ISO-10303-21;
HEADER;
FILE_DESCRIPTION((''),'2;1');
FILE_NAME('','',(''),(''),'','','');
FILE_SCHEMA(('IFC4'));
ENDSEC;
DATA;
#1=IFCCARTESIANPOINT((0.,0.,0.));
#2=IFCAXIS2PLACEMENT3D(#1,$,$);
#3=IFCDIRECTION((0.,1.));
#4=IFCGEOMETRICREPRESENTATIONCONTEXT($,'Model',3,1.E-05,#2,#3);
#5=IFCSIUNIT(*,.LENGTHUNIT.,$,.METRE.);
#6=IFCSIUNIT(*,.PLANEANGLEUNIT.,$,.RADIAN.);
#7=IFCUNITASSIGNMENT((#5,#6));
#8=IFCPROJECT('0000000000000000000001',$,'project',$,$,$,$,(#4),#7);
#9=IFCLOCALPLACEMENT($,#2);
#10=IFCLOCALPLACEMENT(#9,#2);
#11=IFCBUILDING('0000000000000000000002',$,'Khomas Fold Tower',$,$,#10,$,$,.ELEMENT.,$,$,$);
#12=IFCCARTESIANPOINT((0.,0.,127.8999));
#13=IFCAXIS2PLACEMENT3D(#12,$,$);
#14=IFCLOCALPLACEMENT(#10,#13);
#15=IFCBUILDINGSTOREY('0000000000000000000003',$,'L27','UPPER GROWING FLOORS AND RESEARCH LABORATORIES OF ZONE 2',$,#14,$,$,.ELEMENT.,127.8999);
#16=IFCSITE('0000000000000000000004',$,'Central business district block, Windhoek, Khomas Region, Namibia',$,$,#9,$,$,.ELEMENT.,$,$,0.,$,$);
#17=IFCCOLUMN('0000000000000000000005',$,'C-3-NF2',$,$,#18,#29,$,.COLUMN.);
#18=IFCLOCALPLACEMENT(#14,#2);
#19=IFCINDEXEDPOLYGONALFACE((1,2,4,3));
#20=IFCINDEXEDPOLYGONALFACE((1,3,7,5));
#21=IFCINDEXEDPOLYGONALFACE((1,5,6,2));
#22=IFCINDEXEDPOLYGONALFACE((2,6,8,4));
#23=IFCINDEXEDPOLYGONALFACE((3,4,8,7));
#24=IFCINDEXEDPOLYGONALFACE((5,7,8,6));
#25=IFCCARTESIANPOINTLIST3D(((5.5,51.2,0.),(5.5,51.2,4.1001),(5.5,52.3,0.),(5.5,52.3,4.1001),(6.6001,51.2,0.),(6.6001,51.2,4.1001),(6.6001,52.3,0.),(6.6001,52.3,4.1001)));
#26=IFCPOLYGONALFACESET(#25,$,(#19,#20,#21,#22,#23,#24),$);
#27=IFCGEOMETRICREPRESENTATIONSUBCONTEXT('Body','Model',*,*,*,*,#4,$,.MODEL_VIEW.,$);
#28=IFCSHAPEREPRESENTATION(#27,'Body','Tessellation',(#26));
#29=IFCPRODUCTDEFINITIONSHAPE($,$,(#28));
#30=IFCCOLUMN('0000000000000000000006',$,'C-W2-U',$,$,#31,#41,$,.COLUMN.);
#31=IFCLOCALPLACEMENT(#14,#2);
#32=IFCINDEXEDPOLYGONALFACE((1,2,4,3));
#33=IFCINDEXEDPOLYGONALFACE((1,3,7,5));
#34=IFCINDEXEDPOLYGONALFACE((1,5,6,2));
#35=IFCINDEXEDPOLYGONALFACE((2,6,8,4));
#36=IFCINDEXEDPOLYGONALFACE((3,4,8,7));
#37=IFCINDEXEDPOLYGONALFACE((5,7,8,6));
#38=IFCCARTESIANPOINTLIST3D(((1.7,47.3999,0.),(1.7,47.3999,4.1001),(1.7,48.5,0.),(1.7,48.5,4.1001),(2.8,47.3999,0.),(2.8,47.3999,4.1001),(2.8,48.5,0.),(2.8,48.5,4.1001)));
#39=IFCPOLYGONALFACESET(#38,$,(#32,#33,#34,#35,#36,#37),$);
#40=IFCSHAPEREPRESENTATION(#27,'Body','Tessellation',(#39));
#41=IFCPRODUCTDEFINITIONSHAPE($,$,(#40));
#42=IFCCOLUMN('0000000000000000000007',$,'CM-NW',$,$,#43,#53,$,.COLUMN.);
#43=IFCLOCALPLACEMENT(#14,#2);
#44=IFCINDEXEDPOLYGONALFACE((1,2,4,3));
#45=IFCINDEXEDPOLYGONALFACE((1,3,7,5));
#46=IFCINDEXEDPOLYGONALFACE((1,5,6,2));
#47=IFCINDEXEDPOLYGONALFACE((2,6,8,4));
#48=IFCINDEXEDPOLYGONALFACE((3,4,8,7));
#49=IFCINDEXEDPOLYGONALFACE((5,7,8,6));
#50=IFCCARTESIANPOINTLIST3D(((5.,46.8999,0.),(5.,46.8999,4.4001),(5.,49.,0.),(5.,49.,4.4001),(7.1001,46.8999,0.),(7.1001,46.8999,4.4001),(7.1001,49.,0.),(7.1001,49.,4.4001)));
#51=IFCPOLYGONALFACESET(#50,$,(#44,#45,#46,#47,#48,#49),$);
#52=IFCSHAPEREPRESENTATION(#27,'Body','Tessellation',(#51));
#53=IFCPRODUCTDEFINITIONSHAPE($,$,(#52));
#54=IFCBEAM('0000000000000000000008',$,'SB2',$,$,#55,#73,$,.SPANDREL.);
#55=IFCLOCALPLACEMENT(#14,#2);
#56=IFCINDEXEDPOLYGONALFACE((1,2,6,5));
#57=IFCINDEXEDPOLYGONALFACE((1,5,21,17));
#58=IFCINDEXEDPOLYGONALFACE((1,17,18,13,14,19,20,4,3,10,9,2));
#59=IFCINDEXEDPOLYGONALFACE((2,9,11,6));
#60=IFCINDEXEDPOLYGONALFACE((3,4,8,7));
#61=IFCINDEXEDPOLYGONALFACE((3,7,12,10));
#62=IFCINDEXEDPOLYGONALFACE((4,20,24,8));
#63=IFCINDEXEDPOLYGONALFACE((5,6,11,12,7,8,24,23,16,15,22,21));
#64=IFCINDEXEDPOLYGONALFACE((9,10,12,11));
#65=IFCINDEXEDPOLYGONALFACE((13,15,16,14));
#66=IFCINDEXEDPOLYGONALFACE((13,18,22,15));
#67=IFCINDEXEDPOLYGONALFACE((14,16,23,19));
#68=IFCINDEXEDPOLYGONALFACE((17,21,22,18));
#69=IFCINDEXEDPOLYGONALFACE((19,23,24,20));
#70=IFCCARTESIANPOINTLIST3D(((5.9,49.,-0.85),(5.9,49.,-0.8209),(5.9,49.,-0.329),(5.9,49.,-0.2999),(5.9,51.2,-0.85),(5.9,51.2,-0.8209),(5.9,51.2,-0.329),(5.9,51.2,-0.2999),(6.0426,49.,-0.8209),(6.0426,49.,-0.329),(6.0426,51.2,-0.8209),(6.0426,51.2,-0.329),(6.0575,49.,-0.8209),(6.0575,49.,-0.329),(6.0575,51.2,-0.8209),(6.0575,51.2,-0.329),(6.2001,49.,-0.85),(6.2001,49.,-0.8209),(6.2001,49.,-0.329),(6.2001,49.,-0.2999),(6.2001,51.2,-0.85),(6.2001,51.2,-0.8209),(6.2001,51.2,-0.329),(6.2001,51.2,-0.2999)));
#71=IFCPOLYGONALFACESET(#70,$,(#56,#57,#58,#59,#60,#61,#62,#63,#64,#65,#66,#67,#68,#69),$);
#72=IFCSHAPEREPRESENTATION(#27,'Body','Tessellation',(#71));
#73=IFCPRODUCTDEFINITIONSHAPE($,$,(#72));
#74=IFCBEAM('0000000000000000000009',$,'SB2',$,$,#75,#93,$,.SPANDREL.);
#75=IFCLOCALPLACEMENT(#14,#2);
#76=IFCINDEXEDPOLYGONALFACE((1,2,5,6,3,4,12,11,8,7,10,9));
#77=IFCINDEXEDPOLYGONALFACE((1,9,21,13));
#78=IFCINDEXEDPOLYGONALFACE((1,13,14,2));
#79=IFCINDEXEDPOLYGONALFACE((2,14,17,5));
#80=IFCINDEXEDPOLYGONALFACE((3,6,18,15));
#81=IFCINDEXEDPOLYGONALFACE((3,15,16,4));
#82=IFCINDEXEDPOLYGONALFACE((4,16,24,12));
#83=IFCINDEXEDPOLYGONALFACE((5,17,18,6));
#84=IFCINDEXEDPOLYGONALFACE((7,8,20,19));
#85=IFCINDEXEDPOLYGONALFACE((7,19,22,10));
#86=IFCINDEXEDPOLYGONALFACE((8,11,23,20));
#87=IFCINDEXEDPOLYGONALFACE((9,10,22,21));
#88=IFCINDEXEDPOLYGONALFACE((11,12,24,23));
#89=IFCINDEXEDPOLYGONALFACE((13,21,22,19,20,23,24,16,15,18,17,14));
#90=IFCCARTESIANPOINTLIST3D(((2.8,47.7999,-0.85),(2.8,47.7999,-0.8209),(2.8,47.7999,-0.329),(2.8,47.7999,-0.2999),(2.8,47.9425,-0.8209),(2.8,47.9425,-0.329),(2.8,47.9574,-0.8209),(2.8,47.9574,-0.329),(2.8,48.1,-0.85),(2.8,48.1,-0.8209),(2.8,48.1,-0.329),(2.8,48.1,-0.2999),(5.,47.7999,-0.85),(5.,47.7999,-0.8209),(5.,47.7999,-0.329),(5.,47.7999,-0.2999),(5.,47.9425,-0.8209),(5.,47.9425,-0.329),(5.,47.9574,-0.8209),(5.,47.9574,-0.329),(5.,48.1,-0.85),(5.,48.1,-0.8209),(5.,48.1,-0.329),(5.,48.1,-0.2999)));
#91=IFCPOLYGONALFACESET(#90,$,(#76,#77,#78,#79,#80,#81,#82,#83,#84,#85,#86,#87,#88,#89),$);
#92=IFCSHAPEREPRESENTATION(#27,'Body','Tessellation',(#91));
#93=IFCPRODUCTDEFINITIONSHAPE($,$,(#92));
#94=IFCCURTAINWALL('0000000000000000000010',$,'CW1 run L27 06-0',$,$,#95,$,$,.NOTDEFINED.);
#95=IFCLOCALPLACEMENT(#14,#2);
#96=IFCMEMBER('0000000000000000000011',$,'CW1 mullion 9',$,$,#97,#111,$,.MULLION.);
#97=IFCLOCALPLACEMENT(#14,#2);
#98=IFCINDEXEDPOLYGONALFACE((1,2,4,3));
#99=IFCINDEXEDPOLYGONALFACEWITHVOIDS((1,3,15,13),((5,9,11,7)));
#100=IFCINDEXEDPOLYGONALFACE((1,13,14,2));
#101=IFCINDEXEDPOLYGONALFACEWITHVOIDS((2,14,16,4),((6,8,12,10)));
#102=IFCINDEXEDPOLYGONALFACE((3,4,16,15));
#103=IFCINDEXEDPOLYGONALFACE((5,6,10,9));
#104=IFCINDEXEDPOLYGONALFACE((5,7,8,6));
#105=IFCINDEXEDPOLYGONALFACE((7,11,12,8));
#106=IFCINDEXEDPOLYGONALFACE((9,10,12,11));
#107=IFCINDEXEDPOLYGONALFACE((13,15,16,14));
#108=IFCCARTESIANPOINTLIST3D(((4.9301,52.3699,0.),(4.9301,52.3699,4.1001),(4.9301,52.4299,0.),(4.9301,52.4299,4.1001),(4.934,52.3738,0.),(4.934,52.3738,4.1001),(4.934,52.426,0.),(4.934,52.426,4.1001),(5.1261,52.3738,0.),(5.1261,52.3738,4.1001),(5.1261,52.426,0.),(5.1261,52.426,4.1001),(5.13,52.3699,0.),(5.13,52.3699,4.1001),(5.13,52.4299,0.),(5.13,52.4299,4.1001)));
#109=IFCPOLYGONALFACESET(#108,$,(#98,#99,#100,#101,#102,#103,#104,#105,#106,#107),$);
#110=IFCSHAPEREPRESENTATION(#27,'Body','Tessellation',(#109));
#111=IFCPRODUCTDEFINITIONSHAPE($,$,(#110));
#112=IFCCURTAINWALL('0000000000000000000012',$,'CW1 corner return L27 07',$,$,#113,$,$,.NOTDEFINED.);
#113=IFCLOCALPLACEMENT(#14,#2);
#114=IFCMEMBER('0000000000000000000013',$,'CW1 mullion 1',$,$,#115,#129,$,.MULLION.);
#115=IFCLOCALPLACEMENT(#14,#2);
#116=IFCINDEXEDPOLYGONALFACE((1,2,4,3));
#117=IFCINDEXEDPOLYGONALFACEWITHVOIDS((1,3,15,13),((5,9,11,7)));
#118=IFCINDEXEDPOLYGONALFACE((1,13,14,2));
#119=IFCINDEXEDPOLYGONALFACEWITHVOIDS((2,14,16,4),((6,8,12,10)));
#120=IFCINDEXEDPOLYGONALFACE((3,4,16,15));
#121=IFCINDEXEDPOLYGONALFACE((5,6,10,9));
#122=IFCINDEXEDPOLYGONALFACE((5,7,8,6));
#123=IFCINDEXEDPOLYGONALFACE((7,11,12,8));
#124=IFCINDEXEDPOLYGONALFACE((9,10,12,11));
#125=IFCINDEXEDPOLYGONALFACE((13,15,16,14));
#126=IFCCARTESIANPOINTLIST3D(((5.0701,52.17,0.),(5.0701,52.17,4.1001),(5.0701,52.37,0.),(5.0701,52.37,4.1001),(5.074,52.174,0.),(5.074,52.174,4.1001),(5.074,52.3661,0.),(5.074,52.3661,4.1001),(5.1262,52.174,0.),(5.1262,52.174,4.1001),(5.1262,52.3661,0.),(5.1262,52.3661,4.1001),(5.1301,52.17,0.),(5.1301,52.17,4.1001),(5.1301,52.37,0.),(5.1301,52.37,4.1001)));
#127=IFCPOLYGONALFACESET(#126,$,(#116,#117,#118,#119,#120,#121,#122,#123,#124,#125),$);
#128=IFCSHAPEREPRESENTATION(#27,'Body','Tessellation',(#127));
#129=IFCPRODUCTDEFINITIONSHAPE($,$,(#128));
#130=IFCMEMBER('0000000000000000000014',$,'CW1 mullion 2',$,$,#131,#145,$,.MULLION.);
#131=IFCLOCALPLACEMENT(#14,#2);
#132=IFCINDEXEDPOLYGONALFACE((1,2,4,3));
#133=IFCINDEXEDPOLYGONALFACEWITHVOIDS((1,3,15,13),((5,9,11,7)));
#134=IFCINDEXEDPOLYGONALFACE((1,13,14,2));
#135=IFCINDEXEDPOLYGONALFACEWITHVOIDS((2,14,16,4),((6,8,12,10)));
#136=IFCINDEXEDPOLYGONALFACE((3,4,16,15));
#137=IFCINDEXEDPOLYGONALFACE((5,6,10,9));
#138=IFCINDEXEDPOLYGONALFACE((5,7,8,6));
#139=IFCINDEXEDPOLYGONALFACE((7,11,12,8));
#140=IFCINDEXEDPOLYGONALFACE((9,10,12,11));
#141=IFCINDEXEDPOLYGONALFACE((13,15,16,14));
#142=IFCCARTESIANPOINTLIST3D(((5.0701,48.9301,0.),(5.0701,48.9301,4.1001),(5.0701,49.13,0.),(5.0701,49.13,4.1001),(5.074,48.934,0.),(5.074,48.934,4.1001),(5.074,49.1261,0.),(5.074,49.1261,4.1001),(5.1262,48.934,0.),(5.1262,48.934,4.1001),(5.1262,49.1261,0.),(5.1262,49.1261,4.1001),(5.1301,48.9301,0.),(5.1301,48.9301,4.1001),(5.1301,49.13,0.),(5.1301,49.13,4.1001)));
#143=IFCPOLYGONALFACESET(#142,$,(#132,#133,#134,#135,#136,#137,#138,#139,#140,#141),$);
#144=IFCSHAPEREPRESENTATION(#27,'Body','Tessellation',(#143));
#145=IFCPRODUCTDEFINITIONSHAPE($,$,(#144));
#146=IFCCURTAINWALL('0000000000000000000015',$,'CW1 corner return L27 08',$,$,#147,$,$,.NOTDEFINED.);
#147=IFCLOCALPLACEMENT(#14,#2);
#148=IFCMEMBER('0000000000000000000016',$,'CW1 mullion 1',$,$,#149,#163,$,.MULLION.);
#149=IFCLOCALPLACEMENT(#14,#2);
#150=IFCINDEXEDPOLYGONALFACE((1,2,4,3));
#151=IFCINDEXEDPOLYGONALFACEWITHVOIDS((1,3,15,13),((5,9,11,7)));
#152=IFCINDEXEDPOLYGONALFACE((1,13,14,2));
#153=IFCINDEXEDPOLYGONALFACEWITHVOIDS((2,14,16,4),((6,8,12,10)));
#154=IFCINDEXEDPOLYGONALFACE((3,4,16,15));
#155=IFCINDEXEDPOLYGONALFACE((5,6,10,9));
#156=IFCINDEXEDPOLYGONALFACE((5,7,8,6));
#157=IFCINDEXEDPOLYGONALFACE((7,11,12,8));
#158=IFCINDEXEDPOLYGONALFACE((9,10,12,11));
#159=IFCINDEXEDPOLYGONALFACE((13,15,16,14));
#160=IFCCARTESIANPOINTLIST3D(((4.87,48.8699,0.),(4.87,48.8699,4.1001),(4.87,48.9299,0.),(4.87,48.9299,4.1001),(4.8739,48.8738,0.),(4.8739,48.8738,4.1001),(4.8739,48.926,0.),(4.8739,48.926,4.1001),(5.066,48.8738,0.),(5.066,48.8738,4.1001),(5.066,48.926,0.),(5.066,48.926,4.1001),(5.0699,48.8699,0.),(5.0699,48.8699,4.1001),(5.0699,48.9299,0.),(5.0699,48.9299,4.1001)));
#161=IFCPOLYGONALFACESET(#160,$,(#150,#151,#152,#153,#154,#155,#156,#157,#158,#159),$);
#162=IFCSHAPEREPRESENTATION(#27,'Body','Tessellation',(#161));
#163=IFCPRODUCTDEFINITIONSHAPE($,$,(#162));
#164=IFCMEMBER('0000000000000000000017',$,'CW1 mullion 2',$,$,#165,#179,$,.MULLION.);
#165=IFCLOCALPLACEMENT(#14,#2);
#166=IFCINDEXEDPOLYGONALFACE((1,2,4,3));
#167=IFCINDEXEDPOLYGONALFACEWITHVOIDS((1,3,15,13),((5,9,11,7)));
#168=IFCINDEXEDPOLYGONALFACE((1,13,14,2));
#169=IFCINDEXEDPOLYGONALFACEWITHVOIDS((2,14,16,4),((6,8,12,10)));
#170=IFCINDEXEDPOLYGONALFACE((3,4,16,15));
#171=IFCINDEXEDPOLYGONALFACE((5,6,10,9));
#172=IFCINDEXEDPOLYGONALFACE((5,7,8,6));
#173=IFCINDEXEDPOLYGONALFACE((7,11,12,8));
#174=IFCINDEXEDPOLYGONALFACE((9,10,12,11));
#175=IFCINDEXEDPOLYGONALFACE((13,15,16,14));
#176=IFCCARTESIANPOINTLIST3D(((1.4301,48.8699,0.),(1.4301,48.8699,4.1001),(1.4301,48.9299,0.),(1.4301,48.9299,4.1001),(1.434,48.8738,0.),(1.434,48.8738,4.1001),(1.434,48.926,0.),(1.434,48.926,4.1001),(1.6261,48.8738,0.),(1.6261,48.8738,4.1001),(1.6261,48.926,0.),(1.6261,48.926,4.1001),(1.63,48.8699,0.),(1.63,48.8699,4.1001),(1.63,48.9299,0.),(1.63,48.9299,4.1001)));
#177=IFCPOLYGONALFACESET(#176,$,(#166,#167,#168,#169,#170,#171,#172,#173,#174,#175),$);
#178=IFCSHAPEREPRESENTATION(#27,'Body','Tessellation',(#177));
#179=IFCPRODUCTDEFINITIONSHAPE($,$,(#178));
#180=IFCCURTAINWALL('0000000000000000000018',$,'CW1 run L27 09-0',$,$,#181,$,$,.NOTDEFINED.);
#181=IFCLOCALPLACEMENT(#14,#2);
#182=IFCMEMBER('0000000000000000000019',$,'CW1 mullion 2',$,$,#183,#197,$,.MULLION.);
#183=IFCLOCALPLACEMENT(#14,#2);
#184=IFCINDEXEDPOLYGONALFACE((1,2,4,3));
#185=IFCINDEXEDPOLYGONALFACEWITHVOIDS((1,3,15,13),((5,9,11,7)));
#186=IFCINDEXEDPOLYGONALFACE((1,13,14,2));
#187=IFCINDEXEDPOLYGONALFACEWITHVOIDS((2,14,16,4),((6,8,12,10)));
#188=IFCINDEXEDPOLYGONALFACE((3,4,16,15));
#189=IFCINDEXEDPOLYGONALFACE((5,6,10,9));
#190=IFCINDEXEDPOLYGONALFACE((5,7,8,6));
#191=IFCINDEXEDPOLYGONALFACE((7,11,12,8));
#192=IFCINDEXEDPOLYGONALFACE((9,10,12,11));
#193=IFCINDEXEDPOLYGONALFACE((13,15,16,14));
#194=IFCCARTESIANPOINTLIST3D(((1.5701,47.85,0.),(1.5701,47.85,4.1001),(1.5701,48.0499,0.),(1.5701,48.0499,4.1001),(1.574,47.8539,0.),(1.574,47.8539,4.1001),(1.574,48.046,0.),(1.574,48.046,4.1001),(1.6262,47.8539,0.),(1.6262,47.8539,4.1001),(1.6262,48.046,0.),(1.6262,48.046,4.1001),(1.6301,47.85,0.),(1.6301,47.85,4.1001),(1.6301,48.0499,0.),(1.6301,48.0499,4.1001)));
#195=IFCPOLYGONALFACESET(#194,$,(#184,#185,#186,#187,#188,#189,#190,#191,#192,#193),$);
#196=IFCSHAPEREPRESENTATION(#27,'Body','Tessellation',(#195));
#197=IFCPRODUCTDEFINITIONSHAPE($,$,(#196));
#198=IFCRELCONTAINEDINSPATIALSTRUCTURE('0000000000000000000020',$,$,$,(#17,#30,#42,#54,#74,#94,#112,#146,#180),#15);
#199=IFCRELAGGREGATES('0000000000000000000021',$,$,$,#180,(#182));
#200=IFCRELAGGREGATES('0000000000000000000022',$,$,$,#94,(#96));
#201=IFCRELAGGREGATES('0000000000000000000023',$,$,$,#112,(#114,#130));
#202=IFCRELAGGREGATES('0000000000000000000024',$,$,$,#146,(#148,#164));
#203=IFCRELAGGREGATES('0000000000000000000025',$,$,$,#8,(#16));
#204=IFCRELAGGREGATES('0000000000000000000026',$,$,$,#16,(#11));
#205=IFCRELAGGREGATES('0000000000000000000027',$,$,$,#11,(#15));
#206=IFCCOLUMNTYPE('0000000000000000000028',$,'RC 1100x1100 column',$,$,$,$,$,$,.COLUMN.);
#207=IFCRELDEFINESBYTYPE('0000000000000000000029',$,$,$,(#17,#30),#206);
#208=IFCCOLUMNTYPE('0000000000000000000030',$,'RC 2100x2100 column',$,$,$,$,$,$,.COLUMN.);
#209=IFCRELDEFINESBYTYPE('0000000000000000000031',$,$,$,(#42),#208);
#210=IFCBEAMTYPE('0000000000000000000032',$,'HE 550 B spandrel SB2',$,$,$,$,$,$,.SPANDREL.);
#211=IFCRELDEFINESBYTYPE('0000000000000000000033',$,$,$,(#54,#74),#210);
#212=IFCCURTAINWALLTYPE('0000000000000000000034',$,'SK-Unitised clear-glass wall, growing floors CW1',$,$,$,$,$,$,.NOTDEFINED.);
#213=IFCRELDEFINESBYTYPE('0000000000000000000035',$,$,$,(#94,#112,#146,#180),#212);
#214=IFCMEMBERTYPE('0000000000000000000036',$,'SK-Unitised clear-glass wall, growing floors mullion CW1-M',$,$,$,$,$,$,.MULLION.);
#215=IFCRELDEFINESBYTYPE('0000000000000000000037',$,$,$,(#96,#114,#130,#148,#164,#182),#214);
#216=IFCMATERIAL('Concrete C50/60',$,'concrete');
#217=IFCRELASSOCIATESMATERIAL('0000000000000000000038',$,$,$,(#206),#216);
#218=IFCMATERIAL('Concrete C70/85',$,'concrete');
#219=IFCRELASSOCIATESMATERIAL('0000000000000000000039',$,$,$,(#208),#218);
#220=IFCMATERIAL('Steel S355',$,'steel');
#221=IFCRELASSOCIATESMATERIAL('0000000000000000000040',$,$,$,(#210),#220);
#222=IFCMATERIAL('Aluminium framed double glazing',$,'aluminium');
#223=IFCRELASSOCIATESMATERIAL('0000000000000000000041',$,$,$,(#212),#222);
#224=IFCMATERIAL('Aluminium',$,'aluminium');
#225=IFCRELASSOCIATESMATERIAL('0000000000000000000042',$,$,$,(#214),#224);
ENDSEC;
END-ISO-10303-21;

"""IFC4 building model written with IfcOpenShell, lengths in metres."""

from ifc_helpers import new_model, si_unit, direction, frame, origin, origin_2d, place, context, subcontext, project, spatial, rectangle, hollow_rectangle, i_section, extrude, source, transform, mapped, material, material_profile, profile_set, type_object, element, aggregate, save


model = new_model("IFC4")

# Units and contexts
model_context = context("Model", 3, precision=1e-05, world=origin(), true_north=direction((0.0, 1.0)))
body_context = subcontext(model_context, "Body", "Model", "MODEL_VIEW")
ifc_project = project(units=[si_unit("LENGTHUNIT", "METRE"), si_unit("PLANEANGLEUNIT", "RADIAN")], contexts=[model_context])

# Site, building, storey
site_placement = place(None, origin())
site = spatial("IfcSite", under=ifc_project, at=site_placement, Name="Central business district block, Windhoek, Khomas Region, Namibia", CompositionType="ELEMENT", RefElevation=0.0)
building_placement = place(site_placement, origin())
building = spatial("IfcBuilding", under=site, at=building_placement, Name="Khomas Fold Tower", CompositionType="ELEMENT")
storey_placement = place(building_placement, frame((0.0, 0.0, 127.8999)))
storey = spatial("IfcBuildingStorey", under=building, at=storey_placement, Name="L27", Description="UPPER GROWING FLOORS AND RESEARCH LABORATORIES OF ZONE 2", CompositionType="ELEMENT", Elevation=127.8999)

# Columns
ifc_material_1 = material(Name="Concrete C50/60", Category="concrete")
ifc_material_profile_1 = material_profile(ifc_material_1, rectangle(XDim=1.1001, YDim=1.1001, at=origin_2d()), Name="RC 1100x1100")
ifc_profile_set_1 = profile_set([ifc_material_profile_1], Name="Concrete C50/60")
column_type_1 = type_object("IfcColumnType", Name="RC 1100x1100 column", PredefinedType="COLUMN", material=ifc_profile_set_1)
shared_shape_1 = source(origin(), body_context, "Body", "SweptSolid", [
    extrude(rectangle(XDim=1.1001, YDim=1.1001, at=origin_2d()), origin(), (0.0, 0.0, 1.0), 4.1001),
])
for number, where, z_axis, x_axis, name in (
    (1, (6.05, 51.75, 0.0), (0.0, 0.0, 1.0), (1.0, 0.0, 0.0), "C-3-NF2"),
    (2, (2.25, 47.95, 0.0), (0.0, 0.0, 1.0), (1.0, 0.0, 0.0), "C-W2-U"),
):
    element("IfcColumn", number, at=place(storey_placement, frame(where, z_axis=z_axis, x_axis=x_axis)), inside=storey, type_object=column_type_1, Name=name, PredefinedType="COLUMN", context=body_context, shape_type="MappedRepresentation", body=[
        mapped(shared_shape_1, transform((0.0, 0.0, 0.0))),
    ])
ifc_material_2 = material(Name="Concrete C70/85", Category="concrete")
ifc_material_profile_2 = material_profile(ifc_material_2, rectangle(XDim=2.1001, YDim=2.1001, at=origin_2d()), Name="RC 2100x2100")
ifc_profile_set_2 = profile_set([ifc_material_profile_2], Name="Concrete C70/85")
column_type_2 = type_object("IfcColumnType", Name="RC 2100x2100 column", PredefinedType="COLUMN", material=ifc_profile_set_2)
shared_shape_2 = source(origin(), body_context, "Body", "SweptSolid", [
    extrude(rectangle(XDim=2.1001, YDim=2.1001, at=origin_2d()), origin(), (0.0, 0.0, 1.0), 4.4001),
])
column_placement = place(storey_placement, frame((6.05, 47.95, 0.0), z_axis=(0.0, 0.0, 1.0), x_axis=(1.0, 0.0, 0.0)))
element("IfcColumn", 3, at=column_placement, inside=storey, type_object=column_type_2, Name="CM-NW", PredefinedType="COLUMN", context=body_context, shape_type="MappedRepresentation", body=[
    mapped(shared_shape_2, transform((0.0, 0.0, 0.0))),
])

# Beams
ifc_material_3 = material(Name="Steel S355", Category="steel")
ifc_material_profile_3 = material_profile(ifc_material_3, i_section(OverallWidth=0.3, OverallDepth=0.55, WebThickness=0.0149, FlangeThickness=0.0291, at=origin_2d()), Name="HE 550 B")
ifc_profile_set_3 = profile_set([ifc_material_profile_3], Name="Steel S355")
beam_type = type_object("IfcBeamType", Name="HE 550 B spandrel SB2", PredefinedType="SPANDREL", material=ifc_profile_set_3)
shared_shape_3 = source(origin(), body_context, "Body", "SweptSolid", [
    extrude(i_section(OverallWidth=0.3, OverallDepth=0.55, WebThickness=0.0149, FlangeThickness=0.0291, at=origin_2d()), origin(), (0.0, 0.0, 1.0), 2.2),
])
for number, where, z_axis, x_axis, name in (
    (4, (6.05, 49.0, -0.575), (0.0, 1.0, 0.0), (-1.0, 0.0, 0.0), "SB2"),
    (5, (2.8, 47.95, -0.575), (1.0, 0.0, 0.0), (0.0, 1.0, 0.0), "SB2"),
):
    element("IfcBeam", number, at=place(storey_placement, frame(where, z_axis=z_axis, x_axis=x_axis)), inside=storey, type_object=beam_type, Name=name, PredefinedType="SPANDREL", context=body_context, shape_type="MappedRepresentation", body=[
        mapped(shared_shape_3, transform((0.0, 0.0, 0.0))),
    ])

# Curtain wall, member
ifc_material_4 = material(Name="Aluminium framed double glazing", Category="aluminium")
curtain_wall_type = type_object("IfcCurtainWallType", Name="SK-Unitised clear-glass wall, growing floors CW1", PredefinedType="NOTDEFINED", material=ifc_material_4)
curtain_wall_1_placement = place(storey_placement, origin())
curtain_wall_1 = element("IfcCurtainWall", 6, at=curtain_wall_1_placement, inside=storey, type_object=curtain_wall_type, Name="CW1 run L27 06-0", PredefinedType="NOTDEFINED")
ifc_material_5 = material(Name="Aluminium", Category="aluminium")
ifc_material_profile_4 = material_profile(ifc_material_5, hollow_rectangle(XDim=0.0601, YDim=0.2, WallThickness=0.0039, at=origin_2d()), Name="SK-Unitised clear-glass wall, growing floors mullion CW1-M")
ifc_profile_set_4 = profile_set([ifc_material_profile_4], Name="Aluminium")
member_type_1 = type_object("IfcMemberType", Name="SK-Unitised clear-glass wall, growing floors mullion CW1-M", PredefinedType="MULLION", material=ifc_profile_set_4)
shared_shape_4 = source(origin(), body_context, "Body", "SweptSolid", [
    extrude(hollow_rectangle(XDim=0.0601, YDim=0.2, WallThickness=0.0039, at=origin_2d()), origin(), (0.0, 0.0, 1.0), 4.1001),
])
member_1_placement = place(storey_placement, frame((5.03, 52.3999, 0.0), z_axis=(0.0, 0.0, 1.0), x_axis=(0.0, -1.0, 0.0)))
member_1 = element("IfcMember", 7, at=member_1_placement, type_object=member_type_1, Name="CW1 mullion 9", PredefinedType="MULLION", context=body_context, shape_type="MappedRepresentation", body=[
    mapped(shared_shape_4, transform((0.0, 0.0, 0.0))),
])

# Curtain walls, members
curtain_wall_2_placement = place(storey_placement, origin())
curtain_wall_2 = element("IfcCurtainWall", 8, at=curtain_wall_2_placement, inside=storey, type_object=curtain_wall_type, Name="CW1 corner return L27 07", PredefinedType="NOTDEFINED")
member_2_placement = place(storey_placement, frame((5.1001, 52.27, 0.0), z_axis=(0.0, 0.0, 1.0), x_axis=(1.0, 0.0, 0.0)))
member_2 = element("IfcMember", 9, at=member_2_placement, type_object=member_type_1, Name="CW1 mullion 1", PredefinedType="MULLION", context=body_context, shape_type="MappedRepresentation", body=[
    mapped(shared_shape_4, transform((0.0, 0.0, 0.0))),
])
member_3_placement = place(storey_placement, frame((5.1001, 49.03, 0.0), z_axis=(0.0, 0.0, 1.0), x_axis=(1.0, 0.0, 0.0)))
member_3 = element("IfcMember", 10, at=member_3_placement, type_object=member_type_1, Name="CW1 mullion 2", PredefinedType="MULLION", context=body_context, shape_type="MappedRepresentation", body=[
    mapped(shared_shape_4, transform((0.0, 0.0, 0.0))),
])
curtain_wall_3_placement = place(storey_placement, origin())
curtain_wall_3 = element("IfcCurtainWall", 11, at=curtain_wall_3_placement, inside=storey, type_object=curtain_wall_type, Name="CW1 corner return L27 08", PredefinedType="NOTDEFINED")
member_4_placement = place(storey_placement, frame((4.97, 48.8999, 0.0), z_axis=(0.0, 0.0, 1.0), x_axis=(0.0, -1.0, 0.0)))
member_4 = element("IfcMember", 12, at=member_4_placement, type_object=member_type_1, Name="CW1 mullion 1", PredefinedType="MULLION", context=body_context, shape_type="MappedRepresentation", body=[
    mapped(shared_shape_4, transform((0.0, 0.0, 0.0))),
])
member_5_placement = place(storey_placement, frame((1.53, 48.8999, 0.0), z_axis=(0.0, 0.0, 1.0), x_axis=(0.0, -1.0, 0.0)))
member_5 = element("IfcMember", 13, at=member_5_placement, type_object=member_type_1, Name="CW1 mullion 2", PredefinedType="MULLION", context=body_context, shape_type="MappedRepresentation", body=[
    mapped(shared_shape_4, transform((0.0, 0.0, 0.0))),
])
curtain_wall_4_placement = place(storey_placement, origin())
curtain_wall_4 = element("IfcCurtainWall", 14, at=curtain_wall_4_placement, inside=storey, type_object=curtain_wall_type, Name="CW1 run L27 09-0", PredefinedType="NOTDEFINED")
member_6_placement = place(storey_placement, frame((1.6001, 47.95, 0.0), z_axis=(0.0, 0.0, 1.0), x_axis=(1.0, 0.0, 0.0)))
member_6 = element("IfcMember", 15, at=member_6_placement, type_object=member_type_1, Name="CW1 mullion 2", PredefinedType="MULLION", context=body_context, shape_type="MappedRepresentation", body=[
    mapped(shared_shape_4, transform((0.0, 0.0, 0.0))),
])

aggregate(curtain_wall_4, [member_6])
aggregate(curtain_wall_1, [member_1])
aggregate(curtain_wall_2, [member_2, member_3])
aggregate(curtain_wall_3, [member_4, member_5])

save(model, "model.ifc")
